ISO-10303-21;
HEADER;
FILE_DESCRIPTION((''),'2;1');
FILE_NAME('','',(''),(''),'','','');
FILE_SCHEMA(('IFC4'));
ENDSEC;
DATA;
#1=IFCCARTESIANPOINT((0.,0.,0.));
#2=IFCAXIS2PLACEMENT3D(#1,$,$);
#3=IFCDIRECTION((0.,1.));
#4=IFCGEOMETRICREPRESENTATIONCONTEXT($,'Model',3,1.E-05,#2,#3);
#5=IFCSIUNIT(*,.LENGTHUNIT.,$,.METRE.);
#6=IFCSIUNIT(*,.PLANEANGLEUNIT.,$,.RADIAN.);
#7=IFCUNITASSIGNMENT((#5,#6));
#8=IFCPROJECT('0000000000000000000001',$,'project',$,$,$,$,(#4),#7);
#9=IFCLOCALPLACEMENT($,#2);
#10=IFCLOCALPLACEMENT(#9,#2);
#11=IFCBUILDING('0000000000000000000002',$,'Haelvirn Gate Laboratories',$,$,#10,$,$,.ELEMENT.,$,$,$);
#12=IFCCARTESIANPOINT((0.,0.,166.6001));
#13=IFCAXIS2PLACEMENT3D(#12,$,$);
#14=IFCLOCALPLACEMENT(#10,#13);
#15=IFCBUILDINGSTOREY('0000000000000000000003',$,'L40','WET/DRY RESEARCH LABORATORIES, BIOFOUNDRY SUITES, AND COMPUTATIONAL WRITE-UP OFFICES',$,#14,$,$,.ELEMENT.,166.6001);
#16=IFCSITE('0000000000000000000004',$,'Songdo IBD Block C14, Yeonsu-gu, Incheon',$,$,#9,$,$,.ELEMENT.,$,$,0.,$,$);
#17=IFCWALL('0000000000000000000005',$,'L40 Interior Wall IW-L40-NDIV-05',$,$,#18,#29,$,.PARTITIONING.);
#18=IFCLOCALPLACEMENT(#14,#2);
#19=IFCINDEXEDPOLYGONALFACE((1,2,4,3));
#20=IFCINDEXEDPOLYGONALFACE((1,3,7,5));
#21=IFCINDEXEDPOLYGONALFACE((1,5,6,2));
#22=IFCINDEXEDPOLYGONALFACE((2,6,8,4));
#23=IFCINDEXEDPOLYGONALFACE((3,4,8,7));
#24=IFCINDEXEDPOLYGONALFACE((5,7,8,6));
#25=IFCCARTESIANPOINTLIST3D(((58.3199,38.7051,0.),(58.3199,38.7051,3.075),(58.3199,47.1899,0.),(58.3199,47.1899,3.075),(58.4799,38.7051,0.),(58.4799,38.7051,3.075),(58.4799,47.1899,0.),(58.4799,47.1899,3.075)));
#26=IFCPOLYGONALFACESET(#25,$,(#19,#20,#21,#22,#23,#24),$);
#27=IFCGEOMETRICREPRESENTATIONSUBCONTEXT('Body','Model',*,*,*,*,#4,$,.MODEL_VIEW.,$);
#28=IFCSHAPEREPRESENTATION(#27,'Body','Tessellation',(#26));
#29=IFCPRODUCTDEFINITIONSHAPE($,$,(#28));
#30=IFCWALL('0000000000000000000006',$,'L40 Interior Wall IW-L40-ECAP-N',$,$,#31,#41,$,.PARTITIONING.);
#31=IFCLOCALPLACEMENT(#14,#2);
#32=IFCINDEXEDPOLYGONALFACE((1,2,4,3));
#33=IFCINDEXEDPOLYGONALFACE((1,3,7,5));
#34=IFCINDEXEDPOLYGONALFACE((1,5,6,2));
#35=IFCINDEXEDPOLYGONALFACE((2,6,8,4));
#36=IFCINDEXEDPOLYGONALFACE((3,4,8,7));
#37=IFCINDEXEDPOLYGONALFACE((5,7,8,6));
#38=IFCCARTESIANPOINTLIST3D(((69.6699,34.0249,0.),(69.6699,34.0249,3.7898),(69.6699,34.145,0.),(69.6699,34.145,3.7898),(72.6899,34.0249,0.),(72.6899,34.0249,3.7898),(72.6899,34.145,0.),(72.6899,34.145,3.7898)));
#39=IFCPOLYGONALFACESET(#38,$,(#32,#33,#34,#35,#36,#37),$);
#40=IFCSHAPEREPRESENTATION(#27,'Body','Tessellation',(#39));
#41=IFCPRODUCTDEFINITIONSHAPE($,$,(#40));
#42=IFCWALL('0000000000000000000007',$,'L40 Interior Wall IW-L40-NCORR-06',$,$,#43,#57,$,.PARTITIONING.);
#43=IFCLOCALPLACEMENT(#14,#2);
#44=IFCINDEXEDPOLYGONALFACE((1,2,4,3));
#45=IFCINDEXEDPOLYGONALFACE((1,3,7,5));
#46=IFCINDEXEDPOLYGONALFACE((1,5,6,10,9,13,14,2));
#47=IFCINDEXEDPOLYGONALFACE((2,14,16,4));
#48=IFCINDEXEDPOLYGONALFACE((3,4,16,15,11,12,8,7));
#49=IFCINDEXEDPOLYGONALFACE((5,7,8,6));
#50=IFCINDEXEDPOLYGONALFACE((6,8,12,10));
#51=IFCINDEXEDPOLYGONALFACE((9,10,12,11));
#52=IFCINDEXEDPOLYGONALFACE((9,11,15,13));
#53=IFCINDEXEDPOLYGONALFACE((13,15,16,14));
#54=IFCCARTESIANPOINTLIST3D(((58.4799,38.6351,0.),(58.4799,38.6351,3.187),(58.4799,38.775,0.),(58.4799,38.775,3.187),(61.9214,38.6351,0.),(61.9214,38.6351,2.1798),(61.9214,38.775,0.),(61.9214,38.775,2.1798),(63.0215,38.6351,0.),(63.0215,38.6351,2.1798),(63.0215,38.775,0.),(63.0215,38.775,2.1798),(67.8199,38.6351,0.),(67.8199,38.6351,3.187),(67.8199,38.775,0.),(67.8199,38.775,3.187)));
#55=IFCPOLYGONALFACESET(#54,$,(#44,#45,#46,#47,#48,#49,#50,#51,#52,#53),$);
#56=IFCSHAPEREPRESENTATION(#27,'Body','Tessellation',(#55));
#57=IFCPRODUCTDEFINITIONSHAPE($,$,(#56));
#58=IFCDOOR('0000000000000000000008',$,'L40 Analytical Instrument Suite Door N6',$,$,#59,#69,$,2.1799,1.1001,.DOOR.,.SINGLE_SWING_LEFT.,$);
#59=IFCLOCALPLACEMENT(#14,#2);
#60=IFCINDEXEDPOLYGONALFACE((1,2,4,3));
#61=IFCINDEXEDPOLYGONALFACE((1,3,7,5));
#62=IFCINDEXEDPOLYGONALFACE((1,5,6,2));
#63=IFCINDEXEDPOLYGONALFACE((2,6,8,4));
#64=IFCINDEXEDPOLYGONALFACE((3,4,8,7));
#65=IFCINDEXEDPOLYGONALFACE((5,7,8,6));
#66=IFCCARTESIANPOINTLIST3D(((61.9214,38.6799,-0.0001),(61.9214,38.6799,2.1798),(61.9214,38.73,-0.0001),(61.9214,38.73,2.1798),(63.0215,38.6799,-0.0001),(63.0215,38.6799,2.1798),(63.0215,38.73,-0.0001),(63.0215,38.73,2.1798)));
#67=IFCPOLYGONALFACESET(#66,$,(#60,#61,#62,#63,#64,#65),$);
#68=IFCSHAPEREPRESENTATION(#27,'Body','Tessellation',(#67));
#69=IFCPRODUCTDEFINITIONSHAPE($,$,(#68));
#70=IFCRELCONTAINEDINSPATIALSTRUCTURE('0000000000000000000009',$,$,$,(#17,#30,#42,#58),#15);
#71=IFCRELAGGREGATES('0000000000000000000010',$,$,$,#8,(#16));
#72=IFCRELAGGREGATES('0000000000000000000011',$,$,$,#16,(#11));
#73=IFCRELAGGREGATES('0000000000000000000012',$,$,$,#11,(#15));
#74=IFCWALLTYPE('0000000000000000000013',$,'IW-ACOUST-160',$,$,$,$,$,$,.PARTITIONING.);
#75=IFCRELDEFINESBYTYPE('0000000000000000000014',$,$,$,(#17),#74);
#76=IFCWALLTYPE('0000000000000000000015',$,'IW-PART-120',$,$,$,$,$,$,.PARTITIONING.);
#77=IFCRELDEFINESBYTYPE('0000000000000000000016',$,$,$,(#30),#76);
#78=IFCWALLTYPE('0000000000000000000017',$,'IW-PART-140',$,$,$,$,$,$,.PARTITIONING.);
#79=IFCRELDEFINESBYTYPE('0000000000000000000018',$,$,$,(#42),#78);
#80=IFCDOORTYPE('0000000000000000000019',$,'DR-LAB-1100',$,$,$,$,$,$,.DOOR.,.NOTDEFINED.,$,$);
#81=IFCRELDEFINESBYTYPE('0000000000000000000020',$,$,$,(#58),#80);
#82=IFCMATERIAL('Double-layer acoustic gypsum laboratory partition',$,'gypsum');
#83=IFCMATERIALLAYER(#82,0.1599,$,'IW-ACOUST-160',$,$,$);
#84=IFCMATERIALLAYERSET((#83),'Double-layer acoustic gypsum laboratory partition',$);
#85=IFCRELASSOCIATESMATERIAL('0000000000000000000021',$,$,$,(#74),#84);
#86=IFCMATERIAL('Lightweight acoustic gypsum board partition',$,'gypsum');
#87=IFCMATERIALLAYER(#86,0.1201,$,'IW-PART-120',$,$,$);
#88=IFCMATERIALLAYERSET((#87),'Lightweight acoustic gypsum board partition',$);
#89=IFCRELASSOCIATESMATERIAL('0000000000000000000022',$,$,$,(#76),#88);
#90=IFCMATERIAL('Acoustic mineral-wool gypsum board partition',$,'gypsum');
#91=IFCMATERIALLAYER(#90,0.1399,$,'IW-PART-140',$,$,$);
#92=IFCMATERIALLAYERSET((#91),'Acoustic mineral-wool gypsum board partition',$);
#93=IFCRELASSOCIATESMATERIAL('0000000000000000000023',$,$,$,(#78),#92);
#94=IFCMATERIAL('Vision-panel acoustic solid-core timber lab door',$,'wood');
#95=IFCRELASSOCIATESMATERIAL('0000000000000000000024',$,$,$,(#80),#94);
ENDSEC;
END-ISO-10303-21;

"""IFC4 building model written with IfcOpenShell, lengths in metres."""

from ifc_helpers import new_model, si_unit, direction, frame, frame_2d, origin, place, context, subcontext, project, spatial, rectangle, extrude, source, transform, mapped, material, layer, layer_set, type_object, type_shapes, element, fill, save


model = new_model("IFC4")

# Units and contexts
model_context = context("Model", 3, precision=1e-05, world=origin(), true_north=direction((0.0, 1.0)))
body_context = subcontext(model_context, "Body", "Model", "MODEL_VIEW")
ifc_project = project(units=[si_unit("LENGTHUNIT", "METRE"), si_unit("PLANEANGLEUNIT", "RADIAN")], contexts=[model_context])

# Site, building, storey
site_placement = place(None, origin())
site = spatial("IfcSite", under=ifc_project, at=site_placement, Name="Songdo IBD Block C14, Yeonsu-gu, Incheon", CompositionType="ELEMENT", RefElevation=0.0)
building_placement = place(site_placement, origin())
building = spatial("IfcBuilding", under=site, at=building_placement, Name="Haelvirn Gate Laboratories", CompositionType="ELEMENT")
storey_placement = place(building_placement, frame((0.0, 0.0, 166.6001)))
storey = spatial("IfcBuildingStorey", under=building, at=storey_placement, Name="L40", Description="WET/DRY RESEARCH LABORATORIES, BIOFOUNDRY SUITES, AND COMPUTATIONAL WRITE-UP OFFICES", CompositionType="ELEMENT", Elevation=166.6001)

# Walls
ifc_material_1 = material(Name="Double-layer acoustic gypsum laboratory partition", Category="gypsum")
ifc_layer_1 = layer(ifc_material_1, 0.1599, Name="IW-ACOUST-160")
ifc_layer_set_1 = layer_set([ifc_layer_1], Name="Double-layer acoustic gypsum laboratory partition")
wall_type_1 = type_object("IfcWallType", Name="IW-ACOUST-160", PredefinedType="PARTITIONING", material=ifc_layer_set_1)
wall_1_placement = place(storey_placement, frame((58.3999, 38.7051, 0.0), z_axis=(0.0, 0.0, 1.0), x_axis=(0.0, 1.0, 0.0)))
element("IfcWall", 1, at=wall_1_placement, inside=storey, type_object=wall_type_1, Name="L40 Interior Wall IW-L40-NDIV-05", PredefinedType="PARTITIONING", context=body_context, shape_type="SweptSolid", body=[
    extrude(rectangle(XDim=8.4849, YDim=0.1599, at=frame_2d((4.2424, 0.0))), origin(), (0.0, 0.0, 1.0), 3.075),
])
ifc_material_2 = material(Name="Lightweight acoustic gypsum board partition", Category="gypsum")
ifc_layer_2 = layer(ifc_material_2, 0.1201, Name="IW-PART-120")
ifc_layer_set_2 = layer_set([ifc_layer_2], Name="Lightweight acoustic gypsum board partition")
wall_type_2 = type_object("IfcWallType", Name="IW-PART-120", PredefinedType="PARTITIONING", material=ifc_layer_set_2)
wall_2_placement = place(storey_placement, frame((69.6699, 34.085, 0.0), z_axis=(0.0, 0.0, 1.0), x_axis=(1.0, 0.0, 0.0)))
element("IfcWall", 2, at=wall_2_placement, inside=storey, type_object=wall_type_2, Name="L40 Interior Wall IW-L40-ECAP-N", PredefinedType="PARTITIONING", context=body_context, shape_type="SweptSolid", body=[
    extrude(rectangle(XDim=3.02, YDim=0.1201, at=frame_2d((1.51, 0.0))), origin(), (0.0, 0.0, 1.0), 3.7898),
])

# Wall, opening, door
ifc_material_3 = material(Name="Acoustic mineral-wool gypsum board partition", Category="gypsum")
ifc_layer_3 = layer(ifc_material_3, 0.1399, Name="IW-PART-140")
ifc_layer_set_3 = layer_set([ifc_layer_3], Name="Acoustic mineral-wool gypsum board partition")
wall_type_3 = type_object("IfcWallType", Name="IW-PART-140", PredefinedType="PARTITIONING", material=ifc_layer_set_3)
wall_3_placement = place(storey_placement, frame((58.48, 38.7051, 0.0), z_axis=(0.0, 0.0, 1.0), x_axis=(1.0, 0.0, 0.0)))
wall_3 = element("IfcWall", 3, at=wall_3_placement, inside=storey, type_object=wall_type_3, Name="L40 Interior Wall IW-L40-NCORR-06", PredefinedType="PARTITIONING", context=body_context, shape_type="SweptSolid", body=[
    extrude(rectangle(XDim=9.3401, YDim=0.1399, at=frame_2d((4.6699, 0.0))), origin(), (0.0, 0.0, 1.0), 3.187),
])
opening_placement = place(wall_3_placement, frame((3.4414, 0.0, 0.0)))
opening = element("IfcOpeningElement", 4, at=opening_placement, cuts=wall_3, PredefinedType="OPENING", context=body_context, shape_type="SweptSolid", body=[
    extrude(rectangle(XDim=1.1001, YDim=2.1799, at=frame_2d((0.55, 1.0898))), frame((0.0, 0.0801, 0.0), z_axis=(0.0, -1.0, 0.0), x_axis=(1.0, 0.0, 0.0)), (0.0, 0.0, 1.0), 0.1599),
])
ifc_material_4 = material(Name="Vision-panel acoustic solid-core timber lab door", Category="wood")
door_type = type_object("IfcDoorType", Name="DR-LAB-1100", OperationType="NOTDEFINED", PredefinedType="DOOR", material=ifc_material_4)
shared_shape_1 = source(origin(), body_context, "Body", "SweptSolid", [
    extrude(rectangle(XDim=1.1001, YDim=2.1799, at=frame_2d((0.55, 1.0898))), frame((0.0, 0.0249, 0.0), z_axis=(0.0, -1.0, 0.0), x_axis=(1.0, 0.0, 0.0)), (0.0, 0.0, 1.0), 0.05),
])
type_shapes(door_type, [shared_shape_1])
door_placement = place(opening_placement, origin())
door = element("IfcDoor", 5, at=door_placement, inside=storey, type_object=door_type, Name="L40 Analytical Instrument Suite Door N6", OperationType="SINGLE_SWING_LEFT", OverallHeight=2.1799, OverallWidth=1.1001, PredefinedType="DOOR", context=body_context, shape_type="MappedRepresentation", body=[
    mapped(shared_shape_1, transform((0.0, 0.0, 0.0), scale=1.0)),
])
fill(opening, door)

save(model, "model.ifc")
